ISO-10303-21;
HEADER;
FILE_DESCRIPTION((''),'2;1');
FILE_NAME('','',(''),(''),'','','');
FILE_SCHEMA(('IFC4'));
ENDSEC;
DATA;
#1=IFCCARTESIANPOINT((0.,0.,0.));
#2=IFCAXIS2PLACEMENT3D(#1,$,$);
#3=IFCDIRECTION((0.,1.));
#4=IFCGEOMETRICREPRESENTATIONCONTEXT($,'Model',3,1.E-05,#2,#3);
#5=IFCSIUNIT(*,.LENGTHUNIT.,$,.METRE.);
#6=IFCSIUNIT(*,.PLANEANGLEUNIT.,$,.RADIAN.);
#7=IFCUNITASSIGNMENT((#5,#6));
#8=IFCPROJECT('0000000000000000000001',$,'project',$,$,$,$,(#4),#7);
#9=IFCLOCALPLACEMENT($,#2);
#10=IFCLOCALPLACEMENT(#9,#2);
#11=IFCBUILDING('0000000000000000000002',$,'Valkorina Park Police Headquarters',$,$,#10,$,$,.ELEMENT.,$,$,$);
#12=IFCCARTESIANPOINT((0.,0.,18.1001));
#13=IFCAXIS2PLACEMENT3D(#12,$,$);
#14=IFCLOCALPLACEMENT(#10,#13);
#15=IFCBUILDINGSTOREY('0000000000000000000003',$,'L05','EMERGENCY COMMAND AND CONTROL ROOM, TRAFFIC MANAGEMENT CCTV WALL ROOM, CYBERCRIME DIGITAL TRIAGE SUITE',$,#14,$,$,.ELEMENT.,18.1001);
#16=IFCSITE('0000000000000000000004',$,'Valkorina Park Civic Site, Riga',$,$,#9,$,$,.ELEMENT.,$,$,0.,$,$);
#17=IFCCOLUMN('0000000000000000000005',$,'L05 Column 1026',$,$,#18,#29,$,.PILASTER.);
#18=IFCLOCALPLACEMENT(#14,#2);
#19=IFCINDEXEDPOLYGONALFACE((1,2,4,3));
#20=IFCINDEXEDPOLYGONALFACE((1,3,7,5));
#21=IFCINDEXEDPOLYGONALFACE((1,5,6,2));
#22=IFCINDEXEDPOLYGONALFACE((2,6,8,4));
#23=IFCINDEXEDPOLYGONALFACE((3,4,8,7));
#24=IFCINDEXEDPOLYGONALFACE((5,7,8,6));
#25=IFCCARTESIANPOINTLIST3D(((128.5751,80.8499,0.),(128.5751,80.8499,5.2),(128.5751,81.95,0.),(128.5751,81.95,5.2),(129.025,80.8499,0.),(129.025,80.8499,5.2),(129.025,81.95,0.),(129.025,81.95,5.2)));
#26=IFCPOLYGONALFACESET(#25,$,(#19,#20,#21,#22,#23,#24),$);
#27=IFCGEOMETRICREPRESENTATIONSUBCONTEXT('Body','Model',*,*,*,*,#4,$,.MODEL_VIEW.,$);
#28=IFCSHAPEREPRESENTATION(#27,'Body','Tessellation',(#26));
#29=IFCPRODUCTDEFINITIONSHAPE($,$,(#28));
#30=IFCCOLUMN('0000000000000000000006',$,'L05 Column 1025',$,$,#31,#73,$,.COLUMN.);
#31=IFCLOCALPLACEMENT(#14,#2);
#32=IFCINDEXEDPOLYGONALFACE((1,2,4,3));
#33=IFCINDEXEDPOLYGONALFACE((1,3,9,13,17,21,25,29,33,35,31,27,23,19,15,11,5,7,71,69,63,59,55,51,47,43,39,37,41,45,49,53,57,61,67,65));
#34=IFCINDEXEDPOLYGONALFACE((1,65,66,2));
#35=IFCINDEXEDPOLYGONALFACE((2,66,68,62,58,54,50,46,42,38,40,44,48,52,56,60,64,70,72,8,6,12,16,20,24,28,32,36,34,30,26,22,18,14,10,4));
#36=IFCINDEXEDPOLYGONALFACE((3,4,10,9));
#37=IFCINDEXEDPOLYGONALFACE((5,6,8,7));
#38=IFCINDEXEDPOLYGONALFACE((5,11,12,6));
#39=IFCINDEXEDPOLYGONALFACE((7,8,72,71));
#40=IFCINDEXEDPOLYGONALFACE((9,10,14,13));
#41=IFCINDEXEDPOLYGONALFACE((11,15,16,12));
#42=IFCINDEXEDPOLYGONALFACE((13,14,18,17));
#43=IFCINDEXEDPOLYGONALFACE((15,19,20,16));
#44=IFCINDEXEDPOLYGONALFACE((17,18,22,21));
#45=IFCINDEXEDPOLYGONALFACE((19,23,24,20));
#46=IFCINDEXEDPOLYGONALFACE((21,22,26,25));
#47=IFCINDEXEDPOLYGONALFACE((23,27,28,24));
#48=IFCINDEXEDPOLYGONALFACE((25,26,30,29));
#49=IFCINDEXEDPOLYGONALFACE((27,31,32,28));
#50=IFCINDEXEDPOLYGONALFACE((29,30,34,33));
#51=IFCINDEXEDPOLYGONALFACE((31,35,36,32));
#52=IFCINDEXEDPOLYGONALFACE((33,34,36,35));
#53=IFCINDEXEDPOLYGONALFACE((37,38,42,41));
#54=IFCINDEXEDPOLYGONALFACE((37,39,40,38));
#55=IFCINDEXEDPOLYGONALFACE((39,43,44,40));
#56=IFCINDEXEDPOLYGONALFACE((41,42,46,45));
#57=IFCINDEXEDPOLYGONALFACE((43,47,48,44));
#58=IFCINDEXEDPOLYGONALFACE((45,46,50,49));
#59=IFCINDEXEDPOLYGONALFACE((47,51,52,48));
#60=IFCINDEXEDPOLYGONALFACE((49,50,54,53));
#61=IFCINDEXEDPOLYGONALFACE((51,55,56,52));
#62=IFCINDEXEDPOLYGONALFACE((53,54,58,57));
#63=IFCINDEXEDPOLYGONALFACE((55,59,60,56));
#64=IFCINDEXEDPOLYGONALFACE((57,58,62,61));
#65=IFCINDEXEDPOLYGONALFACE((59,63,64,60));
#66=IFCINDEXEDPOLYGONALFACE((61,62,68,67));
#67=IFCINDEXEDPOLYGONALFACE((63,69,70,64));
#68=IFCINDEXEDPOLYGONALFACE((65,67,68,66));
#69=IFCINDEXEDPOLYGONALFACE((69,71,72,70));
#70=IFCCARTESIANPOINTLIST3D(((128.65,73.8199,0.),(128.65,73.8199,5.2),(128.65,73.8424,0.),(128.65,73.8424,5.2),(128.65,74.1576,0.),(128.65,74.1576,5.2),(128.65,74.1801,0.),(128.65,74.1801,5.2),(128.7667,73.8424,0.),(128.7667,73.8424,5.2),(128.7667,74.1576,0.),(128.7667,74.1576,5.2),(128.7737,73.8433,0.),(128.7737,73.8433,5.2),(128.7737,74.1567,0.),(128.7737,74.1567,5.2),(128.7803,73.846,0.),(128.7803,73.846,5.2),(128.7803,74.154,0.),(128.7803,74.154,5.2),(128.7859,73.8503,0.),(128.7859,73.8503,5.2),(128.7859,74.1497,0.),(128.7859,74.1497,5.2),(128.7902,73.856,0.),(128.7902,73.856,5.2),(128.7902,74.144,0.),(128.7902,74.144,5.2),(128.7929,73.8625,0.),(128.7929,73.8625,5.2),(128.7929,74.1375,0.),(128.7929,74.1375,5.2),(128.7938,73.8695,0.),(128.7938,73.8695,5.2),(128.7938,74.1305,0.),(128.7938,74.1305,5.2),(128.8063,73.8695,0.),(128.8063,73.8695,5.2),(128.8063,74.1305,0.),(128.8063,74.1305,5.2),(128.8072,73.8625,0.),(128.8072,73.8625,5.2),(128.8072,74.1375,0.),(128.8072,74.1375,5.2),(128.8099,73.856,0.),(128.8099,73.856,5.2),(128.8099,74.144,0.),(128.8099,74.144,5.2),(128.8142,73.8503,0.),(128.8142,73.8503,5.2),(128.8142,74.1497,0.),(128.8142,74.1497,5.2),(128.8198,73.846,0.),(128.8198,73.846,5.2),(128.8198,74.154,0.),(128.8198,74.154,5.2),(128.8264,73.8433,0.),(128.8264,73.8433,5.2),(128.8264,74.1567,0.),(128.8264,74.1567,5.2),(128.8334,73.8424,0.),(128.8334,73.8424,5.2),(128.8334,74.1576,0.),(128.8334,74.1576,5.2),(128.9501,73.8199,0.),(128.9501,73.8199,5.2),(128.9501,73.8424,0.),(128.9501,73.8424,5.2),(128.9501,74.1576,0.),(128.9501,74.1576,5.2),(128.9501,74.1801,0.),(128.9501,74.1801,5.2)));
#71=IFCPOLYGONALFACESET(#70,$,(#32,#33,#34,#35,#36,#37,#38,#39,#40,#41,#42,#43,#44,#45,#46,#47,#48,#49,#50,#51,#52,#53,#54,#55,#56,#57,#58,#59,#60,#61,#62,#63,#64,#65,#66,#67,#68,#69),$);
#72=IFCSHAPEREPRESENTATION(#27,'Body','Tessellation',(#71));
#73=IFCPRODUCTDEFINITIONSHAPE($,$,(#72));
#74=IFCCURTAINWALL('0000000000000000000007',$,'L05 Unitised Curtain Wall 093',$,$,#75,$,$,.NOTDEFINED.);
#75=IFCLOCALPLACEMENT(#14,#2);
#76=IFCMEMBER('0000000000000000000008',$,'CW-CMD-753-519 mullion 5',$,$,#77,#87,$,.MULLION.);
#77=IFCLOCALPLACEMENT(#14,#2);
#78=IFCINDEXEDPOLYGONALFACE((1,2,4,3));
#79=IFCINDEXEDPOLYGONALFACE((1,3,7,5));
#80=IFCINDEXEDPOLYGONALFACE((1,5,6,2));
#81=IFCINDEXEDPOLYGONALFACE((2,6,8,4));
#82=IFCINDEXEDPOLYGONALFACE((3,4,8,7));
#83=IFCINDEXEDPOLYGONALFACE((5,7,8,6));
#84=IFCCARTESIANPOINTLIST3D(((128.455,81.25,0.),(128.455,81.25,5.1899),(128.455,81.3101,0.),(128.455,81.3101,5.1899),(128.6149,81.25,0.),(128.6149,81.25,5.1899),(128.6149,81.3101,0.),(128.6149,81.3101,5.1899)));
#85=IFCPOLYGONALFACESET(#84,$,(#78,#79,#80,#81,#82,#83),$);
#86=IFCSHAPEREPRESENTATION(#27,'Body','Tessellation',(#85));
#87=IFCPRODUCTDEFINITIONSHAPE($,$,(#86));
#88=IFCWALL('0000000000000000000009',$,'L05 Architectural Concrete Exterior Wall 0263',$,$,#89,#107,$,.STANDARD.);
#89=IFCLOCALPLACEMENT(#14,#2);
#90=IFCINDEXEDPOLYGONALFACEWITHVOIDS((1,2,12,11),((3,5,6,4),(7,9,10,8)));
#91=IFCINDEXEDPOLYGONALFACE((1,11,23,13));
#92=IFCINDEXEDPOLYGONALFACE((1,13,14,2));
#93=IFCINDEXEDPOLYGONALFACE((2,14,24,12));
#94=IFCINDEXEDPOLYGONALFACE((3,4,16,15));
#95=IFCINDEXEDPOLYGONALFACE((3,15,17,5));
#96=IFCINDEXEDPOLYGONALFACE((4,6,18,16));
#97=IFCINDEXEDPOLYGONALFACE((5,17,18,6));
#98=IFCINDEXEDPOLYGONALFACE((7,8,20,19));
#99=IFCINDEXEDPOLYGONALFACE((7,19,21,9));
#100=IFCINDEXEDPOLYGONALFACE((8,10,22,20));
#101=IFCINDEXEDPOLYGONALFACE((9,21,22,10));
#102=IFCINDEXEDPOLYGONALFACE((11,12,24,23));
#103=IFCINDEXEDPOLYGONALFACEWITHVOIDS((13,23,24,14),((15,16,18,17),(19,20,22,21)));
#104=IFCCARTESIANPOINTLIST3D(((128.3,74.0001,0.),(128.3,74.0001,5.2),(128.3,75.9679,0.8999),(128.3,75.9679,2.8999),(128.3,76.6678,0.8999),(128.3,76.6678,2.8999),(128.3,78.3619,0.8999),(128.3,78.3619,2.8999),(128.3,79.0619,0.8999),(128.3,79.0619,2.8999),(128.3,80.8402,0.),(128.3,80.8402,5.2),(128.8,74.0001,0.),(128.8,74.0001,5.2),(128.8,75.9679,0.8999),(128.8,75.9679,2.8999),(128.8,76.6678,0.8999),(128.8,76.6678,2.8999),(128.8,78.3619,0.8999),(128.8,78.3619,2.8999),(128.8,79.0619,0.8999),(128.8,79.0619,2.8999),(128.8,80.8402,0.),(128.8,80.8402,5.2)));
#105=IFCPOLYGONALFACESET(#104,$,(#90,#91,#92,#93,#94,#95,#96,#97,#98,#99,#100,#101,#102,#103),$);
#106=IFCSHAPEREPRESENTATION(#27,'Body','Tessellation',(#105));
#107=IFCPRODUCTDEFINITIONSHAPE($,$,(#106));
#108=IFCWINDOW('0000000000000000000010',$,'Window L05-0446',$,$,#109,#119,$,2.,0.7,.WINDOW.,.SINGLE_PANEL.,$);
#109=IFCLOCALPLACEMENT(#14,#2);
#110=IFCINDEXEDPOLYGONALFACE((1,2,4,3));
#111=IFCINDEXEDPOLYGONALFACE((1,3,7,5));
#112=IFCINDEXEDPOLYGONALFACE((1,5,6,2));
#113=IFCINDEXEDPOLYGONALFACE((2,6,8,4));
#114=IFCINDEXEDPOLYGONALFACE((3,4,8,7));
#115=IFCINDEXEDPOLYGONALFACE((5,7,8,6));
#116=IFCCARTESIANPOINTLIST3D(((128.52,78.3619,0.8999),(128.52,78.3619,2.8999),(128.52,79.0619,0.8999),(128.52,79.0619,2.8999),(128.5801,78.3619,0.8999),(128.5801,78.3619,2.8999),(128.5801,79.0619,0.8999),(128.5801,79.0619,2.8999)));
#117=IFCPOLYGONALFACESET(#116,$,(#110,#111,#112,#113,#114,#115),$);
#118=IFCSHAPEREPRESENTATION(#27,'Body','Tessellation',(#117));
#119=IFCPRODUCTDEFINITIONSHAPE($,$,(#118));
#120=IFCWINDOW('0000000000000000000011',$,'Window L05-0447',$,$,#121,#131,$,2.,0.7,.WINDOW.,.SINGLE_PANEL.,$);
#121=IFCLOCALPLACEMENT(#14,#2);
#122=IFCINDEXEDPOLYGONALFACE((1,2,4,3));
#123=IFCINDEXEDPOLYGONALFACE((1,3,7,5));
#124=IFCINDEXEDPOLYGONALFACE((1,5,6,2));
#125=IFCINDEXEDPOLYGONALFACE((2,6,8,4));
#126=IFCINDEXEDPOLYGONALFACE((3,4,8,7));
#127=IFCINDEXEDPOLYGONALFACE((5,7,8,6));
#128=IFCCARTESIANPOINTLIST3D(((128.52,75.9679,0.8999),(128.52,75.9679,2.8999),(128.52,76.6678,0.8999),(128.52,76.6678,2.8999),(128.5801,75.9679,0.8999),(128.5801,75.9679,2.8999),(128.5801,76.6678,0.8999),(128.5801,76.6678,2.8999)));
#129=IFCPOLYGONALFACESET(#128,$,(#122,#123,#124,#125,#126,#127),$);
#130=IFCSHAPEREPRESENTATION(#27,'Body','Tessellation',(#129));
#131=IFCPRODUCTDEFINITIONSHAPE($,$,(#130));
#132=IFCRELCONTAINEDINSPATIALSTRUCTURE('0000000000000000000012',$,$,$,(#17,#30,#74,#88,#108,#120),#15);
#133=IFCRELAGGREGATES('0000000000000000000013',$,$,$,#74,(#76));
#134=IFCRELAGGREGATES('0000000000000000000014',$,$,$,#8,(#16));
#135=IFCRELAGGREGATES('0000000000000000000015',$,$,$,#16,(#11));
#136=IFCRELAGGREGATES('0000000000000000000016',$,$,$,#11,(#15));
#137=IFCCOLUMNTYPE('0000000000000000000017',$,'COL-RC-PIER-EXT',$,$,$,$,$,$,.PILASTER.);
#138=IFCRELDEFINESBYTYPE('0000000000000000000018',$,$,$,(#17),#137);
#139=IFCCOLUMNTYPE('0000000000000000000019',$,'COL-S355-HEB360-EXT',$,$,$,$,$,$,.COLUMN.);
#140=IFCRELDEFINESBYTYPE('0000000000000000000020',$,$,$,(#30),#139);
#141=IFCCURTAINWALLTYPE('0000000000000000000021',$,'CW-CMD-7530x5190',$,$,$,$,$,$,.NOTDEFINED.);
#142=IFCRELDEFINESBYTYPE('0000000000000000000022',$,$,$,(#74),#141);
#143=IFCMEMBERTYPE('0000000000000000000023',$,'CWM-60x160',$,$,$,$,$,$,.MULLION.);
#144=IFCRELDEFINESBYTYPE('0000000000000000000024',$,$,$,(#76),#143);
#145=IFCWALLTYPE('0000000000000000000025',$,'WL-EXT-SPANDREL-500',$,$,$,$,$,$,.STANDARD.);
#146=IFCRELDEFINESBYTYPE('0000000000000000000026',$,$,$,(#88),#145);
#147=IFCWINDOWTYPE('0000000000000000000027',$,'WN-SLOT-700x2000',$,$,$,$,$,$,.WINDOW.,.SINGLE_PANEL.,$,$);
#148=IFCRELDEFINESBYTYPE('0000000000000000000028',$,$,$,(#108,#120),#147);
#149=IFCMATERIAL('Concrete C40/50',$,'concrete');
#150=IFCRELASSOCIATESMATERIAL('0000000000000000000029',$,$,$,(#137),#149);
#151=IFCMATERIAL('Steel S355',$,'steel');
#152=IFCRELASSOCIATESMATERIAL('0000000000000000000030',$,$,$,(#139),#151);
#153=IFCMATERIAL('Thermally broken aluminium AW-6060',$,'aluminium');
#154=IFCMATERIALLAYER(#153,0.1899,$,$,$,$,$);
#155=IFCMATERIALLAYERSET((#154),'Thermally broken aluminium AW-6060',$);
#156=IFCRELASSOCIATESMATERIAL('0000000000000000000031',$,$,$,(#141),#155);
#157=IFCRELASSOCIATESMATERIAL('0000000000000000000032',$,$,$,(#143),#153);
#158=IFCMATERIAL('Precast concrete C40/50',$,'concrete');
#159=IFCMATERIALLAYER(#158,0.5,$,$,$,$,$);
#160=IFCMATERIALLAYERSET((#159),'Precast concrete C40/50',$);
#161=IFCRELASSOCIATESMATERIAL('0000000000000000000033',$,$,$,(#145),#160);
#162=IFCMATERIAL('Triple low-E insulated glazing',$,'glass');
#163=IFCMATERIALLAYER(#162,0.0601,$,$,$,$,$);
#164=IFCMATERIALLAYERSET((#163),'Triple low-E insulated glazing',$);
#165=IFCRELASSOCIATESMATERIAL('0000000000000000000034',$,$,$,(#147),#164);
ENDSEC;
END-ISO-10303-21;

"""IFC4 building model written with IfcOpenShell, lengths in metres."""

from ifc_helpers import new_model, si_unit, direction, frame, frame_2d, origin, origin_2d, place, context, subcontext, project, spatial, rectangle, i_section, extrude, material, layer, layer_set, material_profile, profile_set, type_object, element, fill, aggregate, save


model = new_model("IFC4")

# Units and contexts
model_context = context("Model", 3, precision=1e-05, world=origin(), true_north=direction((0.0, 1.0)))
body_context = subcontext(model_context, "Body", "Model", "MODEL_VIEW")
ifc_project = project(units=[si_unit("LENGTHUNIT", "METRE"), si_unit("PLANEANGLEUNIT", "RADIAN")], contexts=[model_context])

# Site, building, storey
site_placement = place(None, origin())
site = spatial("IfcSite", under=ifc_project, at=site_placement, Name="Valkorina Park Civic Site, Riga", CompositionType="ELEMENT", RefElevation=0.0)
building_placement = place(site_placement, origin())
building = spatial("IfcBuilding", under=site, at=building_placement, Name="Valkorina Park Police Headquarters", CompositionType="ELEMENT")
storey_placement = place(building_placement, frame((0.0, 0.0, 18.1001)))
storey = spatial("IfcBuildingStorey", under=building, at=storey_placement, Name="L05", Description="EMERGENCY COMMAND AND CONTROL ROOM, TRAFFIC MANAGEMENT CCTV WALL ROOM, CYBERCRIME DIGITAL TRIAGE SUITE", CompositionType="ELEMENT", Elevation=18.1001)

# Columns
ifc_material_1 = material(Name="Concrete C40/50", Category="concrete")
ifc_material_profile_1 = material_profile(ifc_material_1, rectangle(XDim=0.45, YDim=1.1001, at=origin_2d()), Name="RC PIER 450x1100")
ifc_profile_set_1 = profile_set([ifc_material_profile_1], Name="Concrete C40/50")
column_type_1 = type_object("IfcColumnType", Name="COL-RC-PIER-EXT", PredefinedType="PILASTER", material=ifc_profile_set_1)
column_1_placement = place(storey_placement, frame((128.8, 81.3999, 0.0), z_axis=(0.0, 0.0, 1.0), x_axis=(1.0, 0.0, 0.0)))
element("IfcColumn", 1, at=column_1_placement, inside=storey, type_object=column_type_1, Name="L05 Column 1026", PredefinedType="PILASTER", context=body_context, shape_type="SweptSolid", body=[
    extrude(rectangle(XDim=0.45, YDim=1.1001, at=origin_2d()), origin(), (0.0, 0.0, 1.0), 5.2),
])
ifc_material_2 = material(Name="Steel S355", Category="steel")
ifc_material_profile_2 = material_profile(ifc_material_2, i_section(OverallWidth=0.3, OverallDepth=0.3601, WebThickness=0.0125, FlangeThickness=0.0225, FilletRadius=0.0271, at=origin_2d()), Name="HEB 360")
ifc_profile_set_2 = profile_set([ifc_material_profile_2], Name="Steel S355")
column_type_2 = type_object("IfcColumnType", Name="COL-S355-HEB360-EXT", PredefinedType="COLUMN", material=ifc_profile_set_2)
column_2_placement = place(storey_placement, frame((128.8, 74.0, 0.0), z_axis=(0.0, 0.0, 1.0), x_axis=(1.0, 0.0, 0.0)))
element("IfcColumn", 2, at=column_2_placement, inside=storey, type_object=column_type_2, Name="L05 Column 1025", PredefinedType="COLUMN", context=body_context, shape_type="SweptSolid", body=[
    extrude(i_section(OverallWidth=0.3, OverallDepth=0.3601, WebThickness=0.0125, FlangeThickness=0.0225, FilletRadius=0.0271, at=origin_2d()), origin(), (0.0, 0.0, 1.0), 5.2),
])

# Curtain wall, member
ifc_material_3 = material(Name="Thermally broken aluminium AW-6060", Category="aluminium")
ifc_layer_1 = layer(ifc_material_3, 0.1899)
ifc_layer_set_1 = layer_set([ifc_layer_1], Name="Thermally broken aluminium AW-6060")
curtain_wall_type = type_object("IfcCurtainWallType", Name="CW-CMD-7530x5190", PredefinedType="NOTDEFINED", material=ifc_layer_set_1)
curtain_wall_placement = place(storey_placement, origin())
curtain_wall = element("IfcCurtainWall", 3, at=curtain_wall_placement, inside=storey, type_object=curtain_wall_type, Name="L05 Unitised Curtain Wall 093", PredefinedType="NOTDEFINED")
ifc_material_profile_3 = material_profile(ifc_material_3, rectangle(XDim=0.0601, YDim=0.1599, at=origin_2d()), Name="CWM-01 60x160")
ifc_profile_set_3 = profile_set([ifc_material_profile_3], Name="Thermally broken aluminium AW-6060")
member_type = type_object("IfcMemberType", Name="CWM-60x160", PredefinedType="MULLION", material=ifc_profile_set_3)
member_placement = place(storey_placement, frame((128.5349, 81.28, 0.0), z_axis=(0.0, 0.0, 1.0), x_axis=(0.0, 1.0, 0.0)))
member = element("IfcMember", 4, at=member_placement, type_object=member_type, Name="CW-CMD-753-519 mullion 5", PredefinedType="MULLION", context=body_context, shape_type="SweptSolid", body=[
    extrude(rectangle(XDim=0.0601, YDim=0.1599, at=origin_2d()), origin(), (0.0, 0.0, 1.0), 5.1899),
])
aggregate(curtain_wall, [member])

# Wall, openings, windows
ifc_material_4 = material(Name="Precast concrete C40/50", Category="concrete")
ifc_layer_2 = layer(ifc_material_4, 0.5)
ifc_layer_set_2 = layer_set([ifc_layer_2], Name="Precast concrete C40/50")
wall_type_1 = type_object("IfcWallType", Name="WL-EXT-SPANDREL-500", PredefinedType="STANDARD", material=ifc_layer_set_2)
wall_1_placement = place(storey_placement, frame((128.55, 80.8401, 0.0), z_axis=(0.0, 0.0, 1.0), x_axis=(0.0, -1.0, 0.0)))
wall_1 = element("IfcWall", 5, at=wall_1_placement, inside=storey, type_object=wall_type_1, Name="L05 Architectural Concrete Exterior Wall 0263", PredefinedType="STANDARD", context=body_context, shape_type="SweptSolid", body=[
    extrude(rectangle(XDim=6.8401, YDim=0.5, at=frame_2d((3.4199, 0.0))), origin(), (0.0, 0.0, 1.0), 5.2),
])
opening_1_placement = place(wall_1_placement, frame((1.7781, 0.0, 0.8999)))
opening_1 = element("IfcOpeningElement", 6, at=opening_1_placement, cuts=wall_1, PredefinedType="OPENING", context=body_context, shape_type="SweptSolid", body=[
    extrude(rectangle(XDim=0.7, YDim=2.0, at=frame_2d((0.3501, 1.0))), frame((0.0, 0.26, 0.0), z_axis=(0.0, -1.0, 0.0), x_axis=(1.0, 0.0, 0.0)), (0.0, 0.0, 1.0), 0.52),
])
opening_2_placement = place(wall_1_placement, frame((4.1721, 0.0, 0.8999)))
opening_2 = element("IfcOpeningElement", 7, at=opening_2_placement, cuts=wall_1, PredefinedType="OPENING", context=body_context, shape_type="SweptSolid", body=[
    extrude(rectangle(XDim=0.7, YDim=2.0, at=frame_2d((0.3501, 1.0))), frame((0.0, 0.26, 0.0), z_axis=(0.0, -1.0, 0.0), x_axis=(1.0, 0.0, 0.0)), (0.0, 0.0, 1.0), 0.52),
])
ifc_material_5 = material(Name="Triple low-E insulated glazing", Category="glass")
ifc_layer_3 = layer(ifc_material_5, 0.0601)
ifc_layer_set_3 = layer_set([ifc_layer_3], Name="Triple low-E insulated glazing")
window_type_1 = type_object("IfcWindowType", Name="WN-SLOT-700x2000", PartitioningType="SINGLE_PANEL", PredefinedType="WINDOW", material=ifc_layer_set_3)
window_1_placement = place(opening_1_placement, origin())
window_1 = element("IfcWindow", 8, at=window_1_placement, inside=storey, type_object=window_type_1, Name="Window L05-0446", OverallHeight=2.0, OverallWidth=0.7, PartitioningType="SINGLE_PANEL", PredefinedType="WINDOW", context=body_context, shape_type="SweptSolid", body=[
    extrude(rectangle(XDim=0.7, YDim=2.0, at=frame_2d((0.3501, 1.0))), frame((0.0, 0.03, 0.0), z_axis=(0.0, -1.0, 0.0), x_axis=(1.0, 0.0, 0.0)), (0.0, 0.0, 1.0), 0.0601),
])
fill(opening_1, window_1)
window_2_placement = place(opening_2_placement, origin())
window_2 = element("IfcWindow", 9, at=window_2_placement, inside=storey, type_object=window_type_1, Name="Window L05-0447", OverallHeight=2.0, OverallWidth=0.7, PartitioningType="SINGLE_PANEL", PredefinedType="WINDOW", context=body_context, shape_type="SweptSolid", body=[
    extrude(rectangle(XDim=0.7, YDim=2.0, at=frame_2d((0.3501, 1.0))), frame((0.0, 0.03, 0.0), z_axis=(0.0, -1.0, 0.0), x_axis=(1.0, 0.0, 0.0)), (0.0, 0.0, 1.0), 0.0601),
])
fill(opening_2, window_2)

save(model, "model.ifc")
